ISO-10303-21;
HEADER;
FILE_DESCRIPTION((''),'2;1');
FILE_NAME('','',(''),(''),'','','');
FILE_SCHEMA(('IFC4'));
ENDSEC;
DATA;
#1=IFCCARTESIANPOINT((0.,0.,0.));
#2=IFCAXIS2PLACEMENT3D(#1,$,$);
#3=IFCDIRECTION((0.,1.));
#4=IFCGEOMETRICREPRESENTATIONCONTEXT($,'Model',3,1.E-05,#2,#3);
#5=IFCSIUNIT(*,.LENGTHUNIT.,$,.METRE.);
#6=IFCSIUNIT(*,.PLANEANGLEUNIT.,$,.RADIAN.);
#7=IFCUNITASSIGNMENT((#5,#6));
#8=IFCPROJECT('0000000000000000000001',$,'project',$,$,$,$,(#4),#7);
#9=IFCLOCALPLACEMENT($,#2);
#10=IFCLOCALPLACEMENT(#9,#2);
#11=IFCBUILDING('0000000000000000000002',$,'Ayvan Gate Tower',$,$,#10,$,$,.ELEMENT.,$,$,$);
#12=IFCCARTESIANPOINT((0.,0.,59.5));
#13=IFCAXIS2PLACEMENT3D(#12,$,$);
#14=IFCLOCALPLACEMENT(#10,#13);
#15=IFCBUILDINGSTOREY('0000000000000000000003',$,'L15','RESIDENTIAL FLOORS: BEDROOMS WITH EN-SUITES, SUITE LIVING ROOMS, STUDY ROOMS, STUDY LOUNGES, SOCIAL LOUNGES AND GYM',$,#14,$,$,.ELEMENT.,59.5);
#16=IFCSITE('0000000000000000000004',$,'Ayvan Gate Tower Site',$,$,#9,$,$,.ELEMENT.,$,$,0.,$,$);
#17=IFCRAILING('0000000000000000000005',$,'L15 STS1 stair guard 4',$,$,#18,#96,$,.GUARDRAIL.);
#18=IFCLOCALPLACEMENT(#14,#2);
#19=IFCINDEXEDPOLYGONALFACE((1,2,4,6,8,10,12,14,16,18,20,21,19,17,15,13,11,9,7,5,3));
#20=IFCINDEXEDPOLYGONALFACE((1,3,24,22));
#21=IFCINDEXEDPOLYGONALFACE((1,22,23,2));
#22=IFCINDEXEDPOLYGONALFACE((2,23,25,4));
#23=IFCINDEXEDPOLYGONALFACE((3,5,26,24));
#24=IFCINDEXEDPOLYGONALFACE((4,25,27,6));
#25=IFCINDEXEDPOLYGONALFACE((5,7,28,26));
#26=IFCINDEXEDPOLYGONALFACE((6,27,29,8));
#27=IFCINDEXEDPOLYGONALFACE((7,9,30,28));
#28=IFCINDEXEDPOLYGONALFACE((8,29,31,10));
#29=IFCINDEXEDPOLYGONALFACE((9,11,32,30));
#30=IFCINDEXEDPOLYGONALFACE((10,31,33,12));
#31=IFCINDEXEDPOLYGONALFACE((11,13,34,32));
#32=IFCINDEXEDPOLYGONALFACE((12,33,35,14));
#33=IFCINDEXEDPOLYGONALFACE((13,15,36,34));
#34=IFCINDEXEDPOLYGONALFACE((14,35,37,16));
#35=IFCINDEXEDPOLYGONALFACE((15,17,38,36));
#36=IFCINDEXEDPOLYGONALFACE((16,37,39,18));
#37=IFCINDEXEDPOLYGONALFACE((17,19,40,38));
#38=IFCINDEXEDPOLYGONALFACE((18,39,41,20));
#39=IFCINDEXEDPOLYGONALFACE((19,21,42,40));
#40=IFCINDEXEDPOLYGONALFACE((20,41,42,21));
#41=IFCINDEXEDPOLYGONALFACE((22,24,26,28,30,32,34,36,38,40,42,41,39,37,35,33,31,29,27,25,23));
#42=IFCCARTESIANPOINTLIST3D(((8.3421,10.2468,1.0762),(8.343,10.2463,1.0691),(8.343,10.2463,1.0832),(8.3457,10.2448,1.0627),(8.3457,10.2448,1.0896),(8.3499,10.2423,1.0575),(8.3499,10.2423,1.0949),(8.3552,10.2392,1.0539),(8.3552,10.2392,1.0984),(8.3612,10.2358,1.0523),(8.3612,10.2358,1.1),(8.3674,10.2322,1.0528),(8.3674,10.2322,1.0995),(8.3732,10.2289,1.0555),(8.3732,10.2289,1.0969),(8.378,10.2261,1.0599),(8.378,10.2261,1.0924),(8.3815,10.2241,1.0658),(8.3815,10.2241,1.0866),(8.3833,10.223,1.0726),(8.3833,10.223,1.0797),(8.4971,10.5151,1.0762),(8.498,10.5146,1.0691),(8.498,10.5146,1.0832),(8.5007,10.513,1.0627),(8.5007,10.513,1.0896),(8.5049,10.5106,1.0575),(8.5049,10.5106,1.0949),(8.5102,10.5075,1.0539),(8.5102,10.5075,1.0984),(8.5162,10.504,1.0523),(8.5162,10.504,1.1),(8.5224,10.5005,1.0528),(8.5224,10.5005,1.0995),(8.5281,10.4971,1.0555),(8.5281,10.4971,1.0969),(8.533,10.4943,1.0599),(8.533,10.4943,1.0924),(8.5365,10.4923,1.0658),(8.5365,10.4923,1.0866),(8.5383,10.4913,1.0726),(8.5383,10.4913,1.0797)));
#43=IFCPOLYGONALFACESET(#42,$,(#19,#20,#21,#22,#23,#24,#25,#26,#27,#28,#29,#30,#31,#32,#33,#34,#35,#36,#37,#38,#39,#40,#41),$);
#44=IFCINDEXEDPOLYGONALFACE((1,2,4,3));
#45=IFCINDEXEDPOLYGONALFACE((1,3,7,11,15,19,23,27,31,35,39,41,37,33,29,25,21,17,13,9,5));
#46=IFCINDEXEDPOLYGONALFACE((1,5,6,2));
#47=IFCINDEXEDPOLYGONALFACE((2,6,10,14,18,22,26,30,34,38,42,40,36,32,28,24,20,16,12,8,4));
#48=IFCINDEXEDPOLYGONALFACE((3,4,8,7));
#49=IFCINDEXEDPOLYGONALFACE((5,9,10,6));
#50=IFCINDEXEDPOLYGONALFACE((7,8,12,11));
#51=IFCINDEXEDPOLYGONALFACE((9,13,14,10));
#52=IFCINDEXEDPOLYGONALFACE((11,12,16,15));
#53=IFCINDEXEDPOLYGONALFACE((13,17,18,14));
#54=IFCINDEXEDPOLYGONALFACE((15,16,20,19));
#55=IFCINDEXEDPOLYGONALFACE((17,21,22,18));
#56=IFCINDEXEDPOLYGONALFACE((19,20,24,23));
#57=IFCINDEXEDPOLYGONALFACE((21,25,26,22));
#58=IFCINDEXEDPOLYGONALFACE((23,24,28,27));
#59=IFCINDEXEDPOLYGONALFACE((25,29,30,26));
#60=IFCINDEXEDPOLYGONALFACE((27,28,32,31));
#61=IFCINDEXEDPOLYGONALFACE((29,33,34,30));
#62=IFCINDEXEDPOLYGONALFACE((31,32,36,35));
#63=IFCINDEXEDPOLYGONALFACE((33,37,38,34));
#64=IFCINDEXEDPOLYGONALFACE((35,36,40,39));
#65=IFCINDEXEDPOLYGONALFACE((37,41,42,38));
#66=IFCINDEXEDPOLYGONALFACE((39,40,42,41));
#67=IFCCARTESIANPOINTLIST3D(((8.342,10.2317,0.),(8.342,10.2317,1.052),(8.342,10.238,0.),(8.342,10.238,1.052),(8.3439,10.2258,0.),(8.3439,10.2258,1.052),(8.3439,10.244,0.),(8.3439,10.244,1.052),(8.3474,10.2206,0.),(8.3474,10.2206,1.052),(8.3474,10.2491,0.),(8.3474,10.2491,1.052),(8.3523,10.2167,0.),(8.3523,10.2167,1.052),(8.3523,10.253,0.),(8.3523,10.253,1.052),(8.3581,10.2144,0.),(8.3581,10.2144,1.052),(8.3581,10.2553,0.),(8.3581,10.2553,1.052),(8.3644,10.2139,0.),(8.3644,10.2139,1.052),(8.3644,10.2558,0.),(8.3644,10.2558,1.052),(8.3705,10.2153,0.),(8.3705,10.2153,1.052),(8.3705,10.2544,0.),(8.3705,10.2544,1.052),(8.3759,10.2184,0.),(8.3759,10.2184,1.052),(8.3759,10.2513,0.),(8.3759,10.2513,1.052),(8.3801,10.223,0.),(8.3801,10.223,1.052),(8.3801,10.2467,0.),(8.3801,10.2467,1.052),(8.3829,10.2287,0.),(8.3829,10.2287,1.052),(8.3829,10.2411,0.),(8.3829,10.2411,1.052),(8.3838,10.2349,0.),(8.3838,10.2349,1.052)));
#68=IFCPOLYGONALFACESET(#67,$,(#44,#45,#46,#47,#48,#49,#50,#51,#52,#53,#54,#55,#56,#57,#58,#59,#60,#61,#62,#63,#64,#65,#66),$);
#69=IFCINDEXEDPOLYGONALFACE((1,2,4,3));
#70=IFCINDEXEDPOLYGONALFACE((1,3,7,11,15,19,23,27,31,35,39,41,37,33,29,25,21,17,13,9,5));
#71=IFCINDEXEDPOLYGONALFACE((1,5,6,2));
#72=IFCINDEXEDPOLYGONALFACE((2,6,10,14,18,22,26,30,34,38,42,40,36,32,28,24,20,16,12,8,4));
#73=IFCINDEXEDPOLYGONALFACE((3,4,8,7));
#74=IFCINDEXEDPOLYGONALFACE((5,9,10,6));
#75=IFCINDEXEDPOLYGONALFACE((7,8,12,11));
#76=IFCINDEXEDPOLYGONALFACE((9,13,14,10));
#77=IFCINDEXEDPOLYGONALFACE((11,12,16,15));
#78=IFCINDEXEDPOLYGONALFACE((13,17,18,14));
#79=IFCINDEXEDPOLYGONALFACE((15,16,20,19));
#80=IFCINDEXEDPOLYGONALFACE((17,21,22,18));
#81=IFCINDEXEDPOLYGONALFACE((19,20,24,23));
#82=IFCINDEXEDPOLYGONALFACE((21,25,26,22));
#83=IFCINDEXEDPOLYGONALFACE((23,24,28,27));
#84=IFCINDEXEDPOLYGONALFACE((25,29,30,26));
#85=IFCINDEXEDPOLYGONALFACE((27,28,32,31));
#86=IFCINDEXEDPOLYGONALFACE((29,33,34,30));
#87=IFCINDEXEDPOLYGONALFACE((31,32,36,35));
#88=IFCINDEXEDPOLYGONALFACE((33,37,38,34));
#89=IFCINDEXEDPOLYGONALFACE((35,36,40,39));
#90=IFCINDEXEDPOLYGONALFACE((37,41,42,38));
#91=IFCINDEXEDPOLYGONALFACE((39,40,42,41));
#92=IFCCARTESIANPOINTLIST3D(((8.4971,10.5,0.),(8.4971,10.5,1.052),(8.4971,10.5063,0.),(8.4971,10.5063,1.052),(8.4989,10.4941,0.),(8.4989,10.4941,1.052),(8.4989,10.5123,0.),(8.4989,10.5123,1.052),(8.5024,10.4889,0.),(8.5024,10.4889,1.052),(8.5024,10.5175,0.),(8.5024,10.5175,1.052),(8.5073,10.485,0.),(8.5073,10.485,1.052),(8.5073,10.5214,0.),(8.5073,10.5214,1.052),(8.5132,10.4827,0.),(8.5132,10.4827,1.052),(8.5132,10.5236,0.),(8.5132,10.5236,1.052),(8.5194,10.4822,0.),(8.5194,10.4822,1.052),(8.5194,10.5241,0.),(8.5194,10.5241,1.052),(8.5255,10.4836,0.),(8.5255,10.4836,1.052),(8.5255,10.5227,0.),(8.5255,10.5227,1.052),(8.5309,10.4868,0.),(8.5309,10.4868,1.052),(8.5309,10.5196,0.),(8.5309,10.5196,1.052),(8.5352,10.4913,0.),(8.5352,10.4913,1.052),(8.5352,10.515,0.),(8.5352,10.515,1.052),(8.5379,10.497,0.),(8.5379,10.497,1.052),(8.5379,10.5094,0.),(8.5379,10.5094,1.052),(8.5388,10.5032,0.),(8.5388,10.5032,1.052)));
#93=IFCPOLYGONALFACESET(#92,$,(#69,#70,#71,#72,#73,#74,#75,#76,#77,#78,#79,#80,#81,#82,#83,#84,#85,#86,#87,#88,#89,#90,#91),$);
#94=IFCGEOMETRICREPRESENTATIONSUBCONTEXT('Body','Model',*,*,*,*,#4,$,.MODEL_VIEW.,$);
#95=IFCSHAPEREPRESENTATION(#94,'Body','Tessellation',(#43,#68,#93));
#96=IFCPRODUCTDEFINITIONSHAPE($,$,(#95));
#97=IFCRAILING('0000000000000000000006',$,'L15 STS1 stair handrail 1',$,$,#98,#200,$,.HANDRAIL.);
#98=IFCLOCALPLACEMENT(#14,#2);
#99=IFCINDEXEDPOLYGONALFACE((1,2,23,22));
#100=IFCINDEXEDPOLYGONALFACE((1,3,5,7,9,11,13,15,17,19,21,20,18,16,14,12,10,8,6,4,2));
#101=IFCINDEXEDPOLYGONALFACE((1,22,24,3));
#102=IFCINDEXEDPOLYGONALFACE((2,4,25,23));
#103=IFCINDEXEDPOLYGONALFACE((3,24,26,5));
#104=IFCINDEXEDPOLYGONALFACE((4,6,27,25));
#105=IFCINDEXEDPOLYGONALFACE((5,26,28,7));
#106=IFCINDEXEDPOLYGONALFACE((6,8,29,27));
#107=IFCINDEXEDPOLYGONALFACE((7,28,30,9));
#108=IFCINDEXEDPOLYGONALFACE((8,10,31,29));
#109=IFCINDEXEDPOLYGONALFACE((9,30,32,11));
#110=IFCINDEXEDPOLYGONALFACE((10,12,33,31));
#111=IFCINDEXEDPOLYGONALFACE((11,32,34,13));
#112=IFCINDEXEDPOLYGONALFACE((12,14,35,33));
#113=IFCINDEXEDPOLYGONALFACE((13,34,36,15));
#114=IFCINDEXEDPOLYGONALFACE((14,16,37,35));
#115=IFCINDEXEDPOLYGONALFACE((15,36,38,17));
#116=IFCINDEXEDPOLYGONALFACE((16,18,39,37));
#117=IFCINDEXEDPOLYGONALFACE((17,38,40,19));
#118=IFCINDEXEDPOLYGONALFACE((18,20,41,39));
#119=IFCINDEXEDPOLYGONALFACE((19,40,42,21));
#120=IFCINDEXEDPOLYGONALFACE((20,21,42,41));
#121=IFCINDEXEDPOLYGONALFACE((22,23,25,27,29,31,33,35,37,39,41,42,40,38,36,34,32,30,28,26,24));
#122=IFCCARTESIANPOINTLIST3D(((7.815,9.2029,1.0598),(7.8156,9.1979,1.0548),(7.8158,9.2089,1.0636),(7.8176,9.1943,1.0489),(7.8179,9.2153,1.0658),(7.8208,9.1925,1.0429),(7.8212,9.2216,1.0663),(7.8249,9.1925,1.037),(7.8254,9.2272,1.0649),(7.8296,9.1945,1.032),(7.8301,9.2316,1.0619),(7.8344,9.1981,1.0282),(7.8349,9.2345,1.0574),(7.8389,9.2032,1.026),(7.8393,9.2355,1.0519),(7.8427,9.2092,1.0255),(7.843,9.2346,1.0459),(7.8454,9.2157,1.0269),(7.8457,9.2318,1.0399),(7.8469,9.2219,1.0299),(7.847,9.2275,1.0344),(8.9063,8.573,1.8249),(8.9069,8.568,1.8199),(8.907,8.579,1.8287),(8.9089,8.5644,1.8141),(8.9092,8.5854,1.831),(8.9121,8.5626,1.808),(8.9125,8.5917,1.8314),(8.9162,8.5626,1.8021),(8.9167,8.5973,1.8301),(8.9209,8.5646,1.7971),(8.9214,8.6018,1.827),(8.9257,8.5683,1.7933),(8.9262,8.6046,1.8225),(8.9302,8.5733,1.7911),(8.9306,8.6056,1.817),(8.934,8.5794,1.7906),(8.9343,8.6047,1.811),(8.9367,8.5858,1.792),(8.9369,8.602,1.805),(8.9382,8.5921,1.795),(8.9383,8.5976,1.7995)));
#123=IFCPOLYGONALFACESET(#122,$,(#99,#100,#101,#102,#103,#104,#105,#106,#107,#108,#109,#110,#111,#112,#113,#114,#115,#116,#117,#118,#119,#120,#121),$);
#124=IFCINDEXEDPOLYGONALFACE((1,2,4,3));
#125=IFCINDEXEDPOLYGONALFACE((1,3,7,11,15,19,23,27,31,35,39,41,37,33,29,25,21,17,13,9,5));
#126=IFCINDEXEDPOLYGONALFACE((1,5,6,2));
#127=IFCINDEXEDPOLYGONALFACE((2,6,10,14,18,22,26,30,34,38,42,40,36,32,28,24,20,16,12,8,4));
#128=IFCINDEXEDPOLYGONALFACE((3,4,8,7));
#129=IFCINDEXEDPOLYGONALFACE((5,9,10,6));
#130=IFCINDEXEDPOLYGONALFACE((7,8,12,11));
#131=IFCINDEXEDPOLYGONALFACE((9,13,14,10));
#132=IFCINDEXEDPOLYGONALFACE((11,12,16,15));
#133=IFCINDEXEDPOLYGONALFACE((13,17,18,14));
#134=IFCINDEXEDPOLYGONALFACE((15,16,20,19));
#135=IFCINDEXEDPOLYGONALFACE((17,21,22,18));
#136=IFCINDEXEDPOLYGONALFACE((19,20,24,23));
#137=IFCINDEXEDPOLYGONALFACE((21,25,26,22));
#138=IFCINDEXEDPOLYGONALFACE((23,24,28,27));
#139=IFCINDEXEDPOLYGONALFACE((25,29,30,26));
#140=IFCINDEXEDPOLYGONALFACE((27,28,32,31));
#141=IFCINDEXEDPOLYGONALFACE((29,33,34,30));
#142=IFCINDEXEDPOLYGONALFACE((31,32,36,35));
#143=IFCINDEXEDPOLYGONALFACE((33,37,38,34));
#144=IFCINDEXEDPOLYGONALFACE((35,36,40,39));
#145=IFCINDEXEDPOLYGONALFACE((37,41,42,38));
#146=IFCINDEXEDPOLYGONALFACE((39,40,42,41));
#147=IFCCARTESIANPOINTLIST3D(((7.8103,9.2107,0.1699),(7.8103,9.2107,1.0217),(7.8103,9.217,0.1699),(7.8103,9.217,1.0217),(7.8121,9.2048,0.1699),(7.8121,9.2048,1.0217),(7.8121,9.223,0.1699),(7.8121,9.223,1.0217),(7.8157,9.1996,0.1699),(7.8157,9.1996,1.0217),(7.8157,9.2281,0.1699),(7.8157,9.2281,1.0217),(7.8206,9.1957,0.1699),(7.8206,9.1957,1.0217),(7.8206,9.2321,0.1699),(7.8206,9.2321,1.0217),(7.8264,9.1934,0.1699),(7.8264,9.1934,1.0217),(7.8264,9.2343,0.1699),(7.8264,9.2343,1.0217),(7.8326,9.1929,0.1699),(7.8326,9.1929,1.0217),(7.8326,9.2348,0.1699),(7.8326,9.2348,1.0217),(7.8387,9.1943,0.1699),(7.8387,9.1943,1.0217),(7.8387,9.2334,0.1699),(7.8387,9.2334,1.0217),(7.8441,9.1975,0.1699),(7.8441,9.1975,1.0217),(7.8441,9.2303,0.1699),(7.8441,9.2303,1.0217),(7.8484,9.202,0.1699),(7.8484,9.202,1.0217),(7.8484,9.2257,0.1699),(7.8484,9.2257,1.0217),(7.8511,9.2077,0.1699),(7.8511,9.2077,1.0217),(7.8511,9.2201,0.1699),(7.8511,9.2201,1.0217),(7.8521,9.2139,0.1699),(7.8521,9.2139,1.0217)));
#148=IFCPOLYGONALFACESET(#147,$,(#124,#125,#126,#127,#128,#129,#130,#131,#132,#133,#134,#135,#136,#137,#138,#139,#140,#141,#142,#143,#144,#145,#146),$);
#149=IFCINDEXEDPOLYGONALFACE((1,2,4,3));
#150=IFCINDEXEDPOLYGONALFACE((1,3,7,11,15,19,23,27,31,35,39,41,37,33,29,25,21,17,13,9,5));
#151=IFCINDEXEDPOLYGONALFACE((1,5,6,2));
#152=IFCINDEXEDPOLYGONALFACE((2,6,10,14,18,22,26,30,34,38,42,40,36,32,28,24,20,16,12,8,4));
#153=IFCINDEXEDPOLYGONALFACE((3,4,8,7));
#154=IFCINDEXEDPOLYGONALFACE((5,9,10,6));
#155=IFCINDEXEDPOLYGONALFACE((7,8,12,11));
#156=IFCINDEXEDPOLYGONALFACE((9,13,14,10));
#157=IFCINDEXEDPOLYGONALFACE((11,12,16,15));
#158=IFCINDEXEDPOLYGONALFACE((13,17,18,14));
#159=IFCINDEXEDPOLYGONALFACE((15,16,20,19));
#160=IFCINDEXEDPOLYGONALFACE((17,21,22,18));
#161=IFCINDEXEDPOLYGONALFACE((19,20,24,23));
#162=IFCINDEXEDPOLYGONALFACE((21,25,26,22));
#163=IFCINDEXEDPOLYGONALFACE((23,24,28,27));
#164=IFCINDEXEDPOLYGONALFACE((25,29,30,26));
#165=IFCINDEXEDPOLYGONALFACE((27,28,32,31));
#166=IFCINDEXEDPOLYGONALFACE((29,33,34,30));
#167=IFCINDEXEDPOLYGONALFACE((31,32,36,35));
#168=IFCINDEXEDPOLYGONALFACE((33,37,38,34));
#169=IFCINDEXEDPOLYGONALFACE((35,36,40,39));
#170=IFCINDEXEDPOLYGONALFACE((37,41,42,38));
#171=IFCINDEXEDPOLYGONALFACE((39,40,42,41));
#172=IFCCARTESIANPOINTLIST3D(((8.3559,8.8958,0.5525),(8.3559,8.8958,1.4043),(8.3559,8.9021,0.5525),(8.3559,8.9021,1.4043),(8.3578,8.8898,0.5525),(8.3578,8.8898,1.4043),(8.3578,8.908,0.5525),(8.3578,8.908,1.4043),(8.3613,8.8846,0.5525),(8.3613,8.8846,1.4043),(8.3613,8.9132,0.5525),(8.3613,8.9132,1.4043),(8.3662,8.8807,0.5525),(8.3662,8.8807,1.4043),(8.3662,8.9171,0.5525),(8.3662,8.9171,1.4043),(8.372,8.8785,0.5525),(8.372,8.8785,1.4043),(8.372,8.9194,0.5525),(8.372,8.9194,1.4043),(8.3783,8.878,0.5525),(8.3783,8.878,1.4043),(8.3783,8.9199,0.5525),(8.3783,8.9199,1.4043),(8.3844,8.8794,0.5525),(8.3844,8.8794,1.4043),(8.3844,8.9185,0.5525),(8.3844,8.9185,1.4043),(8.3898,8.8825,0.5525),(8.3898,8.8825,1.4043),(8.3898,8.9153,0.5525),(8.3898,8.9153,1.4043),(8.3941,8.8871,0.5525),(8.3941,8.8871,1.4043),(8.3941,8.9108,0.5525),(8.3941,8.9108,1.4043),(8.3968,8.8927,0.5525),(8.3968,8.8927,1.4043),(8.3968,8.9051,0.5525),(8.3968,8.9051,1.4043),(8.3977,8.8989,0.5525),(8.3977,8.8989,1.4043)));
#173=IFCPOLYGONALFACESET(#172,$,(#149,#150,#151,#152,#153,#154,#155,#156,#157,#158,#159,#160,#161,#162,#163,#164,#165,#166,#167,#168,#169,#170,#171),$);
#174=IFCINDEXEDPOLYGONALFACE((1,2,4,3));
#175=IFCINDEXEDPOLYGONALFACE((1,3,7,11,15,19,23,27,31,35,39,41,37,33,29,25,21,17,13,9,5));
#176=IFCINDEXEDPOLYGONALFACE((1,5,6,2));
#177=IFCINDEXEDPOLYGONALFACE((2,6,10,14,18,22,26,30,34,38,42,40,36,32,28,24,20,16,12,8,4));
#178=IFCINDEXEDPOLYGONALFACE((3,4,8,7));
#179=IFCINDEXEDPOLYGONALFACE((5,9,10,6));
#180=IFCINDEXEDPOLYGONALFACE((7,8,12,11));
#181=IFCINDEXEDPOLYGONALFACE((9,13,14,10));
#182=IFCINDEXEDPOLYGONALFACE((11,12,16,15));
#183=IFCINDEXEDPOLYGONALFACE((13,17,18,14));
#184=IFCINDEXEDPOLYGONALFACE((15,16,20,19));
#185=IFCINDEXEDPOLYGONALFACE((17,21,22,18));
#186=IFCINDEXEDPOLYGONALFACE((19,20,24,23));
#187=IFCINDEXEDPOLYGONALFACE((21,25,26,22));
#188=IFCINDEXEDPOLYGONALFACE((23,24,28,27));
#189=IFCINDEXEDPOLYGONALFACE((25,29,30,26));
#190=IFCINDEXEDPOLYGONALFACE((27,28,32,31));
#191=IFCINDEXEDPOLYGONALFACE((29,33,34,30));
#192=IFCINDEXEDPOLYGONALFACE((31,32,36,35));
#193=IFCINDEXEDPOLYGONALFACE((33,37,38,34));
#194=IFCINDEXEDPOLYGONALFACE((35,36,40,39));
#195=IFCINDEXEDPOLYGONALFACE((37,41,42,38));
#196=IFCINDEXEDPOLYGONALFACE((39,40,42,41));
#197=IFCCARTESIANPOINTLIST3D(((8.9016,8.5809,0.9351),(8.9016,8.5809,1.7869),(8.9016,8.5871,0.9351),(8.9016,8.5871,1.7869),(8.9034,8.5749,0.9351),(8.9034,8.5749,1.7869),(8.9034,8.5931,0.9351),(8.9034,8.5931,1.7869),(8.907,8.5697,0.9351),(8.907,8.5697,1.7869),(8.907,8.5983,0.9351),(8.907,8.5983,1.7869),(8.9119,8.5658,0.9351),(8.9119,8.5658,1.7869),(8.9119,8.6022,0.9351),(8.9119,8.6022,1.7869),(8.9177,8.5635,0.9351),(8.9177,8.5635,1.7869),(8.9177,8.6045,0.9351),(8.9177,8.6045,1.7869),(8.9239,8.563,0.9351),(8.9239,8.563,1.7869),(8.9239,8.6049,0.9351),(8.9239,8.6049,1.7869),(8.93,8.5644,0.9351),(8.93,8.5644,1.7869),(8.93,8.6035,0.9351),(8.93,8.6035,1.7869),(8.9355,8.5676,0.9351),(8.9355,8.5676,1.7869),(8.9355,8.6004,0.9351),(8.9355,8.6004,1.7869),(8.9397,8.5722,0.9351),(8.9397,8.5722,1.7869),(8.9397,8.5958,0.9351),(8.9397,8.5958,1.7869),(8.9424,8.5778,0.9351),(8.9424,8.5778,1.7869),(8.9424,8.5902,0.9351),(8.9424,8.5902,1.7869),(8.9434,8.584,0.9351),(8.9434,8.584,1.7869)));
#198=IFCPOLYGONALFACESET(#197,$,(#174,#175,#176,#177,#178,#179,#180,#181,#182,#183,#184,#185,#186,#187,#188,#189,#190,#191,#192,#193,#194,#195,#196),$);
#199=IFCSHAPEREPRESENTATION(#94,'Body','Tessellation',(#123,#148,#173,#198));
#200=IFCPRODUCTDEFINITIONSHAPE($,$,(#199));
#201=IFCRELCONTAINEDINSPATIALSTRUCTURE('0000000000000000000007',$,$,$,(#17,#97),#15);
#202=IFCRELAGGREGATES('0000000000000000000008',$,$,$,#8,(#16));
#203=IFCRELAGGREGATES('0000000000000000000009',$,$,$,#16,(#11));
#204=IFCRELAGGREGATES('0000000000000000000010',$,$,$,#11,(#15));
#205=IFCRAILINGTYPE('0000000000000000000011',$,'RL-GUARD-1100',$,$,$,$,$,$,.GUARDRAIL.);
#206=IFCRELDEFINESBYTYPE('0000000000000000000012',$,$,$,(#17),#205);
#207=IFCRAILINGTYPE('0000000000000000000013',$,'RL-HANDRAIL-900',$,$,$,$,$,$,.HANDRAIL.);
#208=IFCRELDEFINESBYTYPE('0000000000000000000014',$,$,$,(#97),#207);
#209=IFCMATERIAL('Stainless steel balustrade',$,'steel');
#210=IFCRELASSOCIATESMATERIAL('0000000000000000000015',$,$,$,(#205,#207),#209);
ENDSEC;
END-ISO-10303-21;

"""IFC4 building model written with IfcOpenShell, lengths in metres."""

from ifc_helpers import new_model, si_unit, direction, frame, origin, origin_2d, place, context, subcontext, project, spatial, circle, extrude, material, type_object, element, save


model = new_model("IFC4")

# Units and contexts
model_context = context("Model", 3, precision=1e-05, world=origin(), true_north=direction((0.0, 1.0)))
body_context = subcontext(model_context, "Body", "Model", "MODEL_VIEW")
ifc_project = project(units=[si_unit("LENGTHUNIT", "METRE"), si_unit("PLANEANGLEUNIT", "RADIAN")], contexts=[model_context])

# Site, building, storey
site_placement = place(None, origin())
site = spatial("IfcSite", under=ifc_project, at=site_placement, Name="Ayvan Gate Tower Site", CompositionType="ELEMENT", RefElevation=0.0)
building_placement = place(site_placement, origin())
building = spatial("IfcBuilding", under=site, at=building_placement, Name="Ayvan Gate Tower", CompositionType="ELEMENT")
storey_placement = place(building_placement, frame((0.0, 0.0, 59.5)))
storey = spatial("IfcBuildingStorey", under=building, at=storey_placement, Name="L15", Description="RESIDENTIAL FLOORS: BEDROOMS WITH EN-SUITES, SUITE LIVING ROOMS, STUDY ROOMS, STUDY LOUNGES, SOCIAL LOUNGES AND GYM", CompositionType="ELEMENT", Elevation=59.5)

# Railings
ifc_material_1 = material(Name="Stainless steel balustrade", Category="steel")
railing_type_1 = type_object("IfcRailingType", Name="RL-GUARD-1100", PredefinedType="GUARDRAIL", material=ifc_material_1)
railing_1_placement = place(storey_placement, frame((8.3628, 10.2349, 0.0)))
element("IfcRailing", 1, at=railing_1_placement, inside=storey, type_object=railing_type_1, Name="L15 STS1 stair guard 4", PredefinedType="GUARDRAIL", context=body_context, shape_type="SweptSolid", body=[
    extrude(circle(Radius=0.0239, at=origin_2d()), frame((0.0, 0.0, 1.0762), z_axis=(0.500291, 0.865857, 0.0), x_axis=(-0.865857, 0.500291, 0.0)), (0.0, 0.0, 1.0), 0.3098),
    extrude(circle(Radius=0.021, at=origin_2d()), origin(), (0.0, 0.0, 1.0), 1.052),
    extrude(circle(Radius=0.021, at=origin_2d()), frame((0.155, 0.2683, 0.0)), (0.0, 0.0, 1.0), 1.052),
])
railing_type_2 = type_object("IfcRailingType", Name="RL-HANDRAIL-900", PredefinedType="HANDRAIL", material=ifc_material_1)
railing_2_placement = place(storey_placement, frame((7.8311, 9.2139, 0.1699)))
element("IfcRailing", 2, at=railing_2_placement, inside=storey, type_object=railing_type_2, Name="L15 STS1 stair handrail 1", PredefinedType="HANDRAIL", context=body_context, shape_type="SweptSolid", body=[
    extrude(circle(Radius=0.0239, at=origin_2d()), frame((0.0, 0.0, 0.876), z_axis=(0.740293, -0.427283, 0.519033), x_axis=(0.49989, 0.866089, 0.0)), (0.0, 0.0, 1.0), 1.4741),
    extrude(circle(Radius=0.021, at=origin_2d()), origin(), (0.0, 0.0, 1.0), 0.8518),
    extrude(circle(Radius=0.021, at=origin_2d()), frame((0.5457, -0.3149, 0.3826)), (0.0, 0.0, 1.0), 0.8518),
    extrude(circle(Radius=0.021, at=origin_2d()), frame((1.0913, -0.6299, 0.7651)), (0.0, 0.0, 1.0), 0.8518),
])

save(model, "model.ifc")
